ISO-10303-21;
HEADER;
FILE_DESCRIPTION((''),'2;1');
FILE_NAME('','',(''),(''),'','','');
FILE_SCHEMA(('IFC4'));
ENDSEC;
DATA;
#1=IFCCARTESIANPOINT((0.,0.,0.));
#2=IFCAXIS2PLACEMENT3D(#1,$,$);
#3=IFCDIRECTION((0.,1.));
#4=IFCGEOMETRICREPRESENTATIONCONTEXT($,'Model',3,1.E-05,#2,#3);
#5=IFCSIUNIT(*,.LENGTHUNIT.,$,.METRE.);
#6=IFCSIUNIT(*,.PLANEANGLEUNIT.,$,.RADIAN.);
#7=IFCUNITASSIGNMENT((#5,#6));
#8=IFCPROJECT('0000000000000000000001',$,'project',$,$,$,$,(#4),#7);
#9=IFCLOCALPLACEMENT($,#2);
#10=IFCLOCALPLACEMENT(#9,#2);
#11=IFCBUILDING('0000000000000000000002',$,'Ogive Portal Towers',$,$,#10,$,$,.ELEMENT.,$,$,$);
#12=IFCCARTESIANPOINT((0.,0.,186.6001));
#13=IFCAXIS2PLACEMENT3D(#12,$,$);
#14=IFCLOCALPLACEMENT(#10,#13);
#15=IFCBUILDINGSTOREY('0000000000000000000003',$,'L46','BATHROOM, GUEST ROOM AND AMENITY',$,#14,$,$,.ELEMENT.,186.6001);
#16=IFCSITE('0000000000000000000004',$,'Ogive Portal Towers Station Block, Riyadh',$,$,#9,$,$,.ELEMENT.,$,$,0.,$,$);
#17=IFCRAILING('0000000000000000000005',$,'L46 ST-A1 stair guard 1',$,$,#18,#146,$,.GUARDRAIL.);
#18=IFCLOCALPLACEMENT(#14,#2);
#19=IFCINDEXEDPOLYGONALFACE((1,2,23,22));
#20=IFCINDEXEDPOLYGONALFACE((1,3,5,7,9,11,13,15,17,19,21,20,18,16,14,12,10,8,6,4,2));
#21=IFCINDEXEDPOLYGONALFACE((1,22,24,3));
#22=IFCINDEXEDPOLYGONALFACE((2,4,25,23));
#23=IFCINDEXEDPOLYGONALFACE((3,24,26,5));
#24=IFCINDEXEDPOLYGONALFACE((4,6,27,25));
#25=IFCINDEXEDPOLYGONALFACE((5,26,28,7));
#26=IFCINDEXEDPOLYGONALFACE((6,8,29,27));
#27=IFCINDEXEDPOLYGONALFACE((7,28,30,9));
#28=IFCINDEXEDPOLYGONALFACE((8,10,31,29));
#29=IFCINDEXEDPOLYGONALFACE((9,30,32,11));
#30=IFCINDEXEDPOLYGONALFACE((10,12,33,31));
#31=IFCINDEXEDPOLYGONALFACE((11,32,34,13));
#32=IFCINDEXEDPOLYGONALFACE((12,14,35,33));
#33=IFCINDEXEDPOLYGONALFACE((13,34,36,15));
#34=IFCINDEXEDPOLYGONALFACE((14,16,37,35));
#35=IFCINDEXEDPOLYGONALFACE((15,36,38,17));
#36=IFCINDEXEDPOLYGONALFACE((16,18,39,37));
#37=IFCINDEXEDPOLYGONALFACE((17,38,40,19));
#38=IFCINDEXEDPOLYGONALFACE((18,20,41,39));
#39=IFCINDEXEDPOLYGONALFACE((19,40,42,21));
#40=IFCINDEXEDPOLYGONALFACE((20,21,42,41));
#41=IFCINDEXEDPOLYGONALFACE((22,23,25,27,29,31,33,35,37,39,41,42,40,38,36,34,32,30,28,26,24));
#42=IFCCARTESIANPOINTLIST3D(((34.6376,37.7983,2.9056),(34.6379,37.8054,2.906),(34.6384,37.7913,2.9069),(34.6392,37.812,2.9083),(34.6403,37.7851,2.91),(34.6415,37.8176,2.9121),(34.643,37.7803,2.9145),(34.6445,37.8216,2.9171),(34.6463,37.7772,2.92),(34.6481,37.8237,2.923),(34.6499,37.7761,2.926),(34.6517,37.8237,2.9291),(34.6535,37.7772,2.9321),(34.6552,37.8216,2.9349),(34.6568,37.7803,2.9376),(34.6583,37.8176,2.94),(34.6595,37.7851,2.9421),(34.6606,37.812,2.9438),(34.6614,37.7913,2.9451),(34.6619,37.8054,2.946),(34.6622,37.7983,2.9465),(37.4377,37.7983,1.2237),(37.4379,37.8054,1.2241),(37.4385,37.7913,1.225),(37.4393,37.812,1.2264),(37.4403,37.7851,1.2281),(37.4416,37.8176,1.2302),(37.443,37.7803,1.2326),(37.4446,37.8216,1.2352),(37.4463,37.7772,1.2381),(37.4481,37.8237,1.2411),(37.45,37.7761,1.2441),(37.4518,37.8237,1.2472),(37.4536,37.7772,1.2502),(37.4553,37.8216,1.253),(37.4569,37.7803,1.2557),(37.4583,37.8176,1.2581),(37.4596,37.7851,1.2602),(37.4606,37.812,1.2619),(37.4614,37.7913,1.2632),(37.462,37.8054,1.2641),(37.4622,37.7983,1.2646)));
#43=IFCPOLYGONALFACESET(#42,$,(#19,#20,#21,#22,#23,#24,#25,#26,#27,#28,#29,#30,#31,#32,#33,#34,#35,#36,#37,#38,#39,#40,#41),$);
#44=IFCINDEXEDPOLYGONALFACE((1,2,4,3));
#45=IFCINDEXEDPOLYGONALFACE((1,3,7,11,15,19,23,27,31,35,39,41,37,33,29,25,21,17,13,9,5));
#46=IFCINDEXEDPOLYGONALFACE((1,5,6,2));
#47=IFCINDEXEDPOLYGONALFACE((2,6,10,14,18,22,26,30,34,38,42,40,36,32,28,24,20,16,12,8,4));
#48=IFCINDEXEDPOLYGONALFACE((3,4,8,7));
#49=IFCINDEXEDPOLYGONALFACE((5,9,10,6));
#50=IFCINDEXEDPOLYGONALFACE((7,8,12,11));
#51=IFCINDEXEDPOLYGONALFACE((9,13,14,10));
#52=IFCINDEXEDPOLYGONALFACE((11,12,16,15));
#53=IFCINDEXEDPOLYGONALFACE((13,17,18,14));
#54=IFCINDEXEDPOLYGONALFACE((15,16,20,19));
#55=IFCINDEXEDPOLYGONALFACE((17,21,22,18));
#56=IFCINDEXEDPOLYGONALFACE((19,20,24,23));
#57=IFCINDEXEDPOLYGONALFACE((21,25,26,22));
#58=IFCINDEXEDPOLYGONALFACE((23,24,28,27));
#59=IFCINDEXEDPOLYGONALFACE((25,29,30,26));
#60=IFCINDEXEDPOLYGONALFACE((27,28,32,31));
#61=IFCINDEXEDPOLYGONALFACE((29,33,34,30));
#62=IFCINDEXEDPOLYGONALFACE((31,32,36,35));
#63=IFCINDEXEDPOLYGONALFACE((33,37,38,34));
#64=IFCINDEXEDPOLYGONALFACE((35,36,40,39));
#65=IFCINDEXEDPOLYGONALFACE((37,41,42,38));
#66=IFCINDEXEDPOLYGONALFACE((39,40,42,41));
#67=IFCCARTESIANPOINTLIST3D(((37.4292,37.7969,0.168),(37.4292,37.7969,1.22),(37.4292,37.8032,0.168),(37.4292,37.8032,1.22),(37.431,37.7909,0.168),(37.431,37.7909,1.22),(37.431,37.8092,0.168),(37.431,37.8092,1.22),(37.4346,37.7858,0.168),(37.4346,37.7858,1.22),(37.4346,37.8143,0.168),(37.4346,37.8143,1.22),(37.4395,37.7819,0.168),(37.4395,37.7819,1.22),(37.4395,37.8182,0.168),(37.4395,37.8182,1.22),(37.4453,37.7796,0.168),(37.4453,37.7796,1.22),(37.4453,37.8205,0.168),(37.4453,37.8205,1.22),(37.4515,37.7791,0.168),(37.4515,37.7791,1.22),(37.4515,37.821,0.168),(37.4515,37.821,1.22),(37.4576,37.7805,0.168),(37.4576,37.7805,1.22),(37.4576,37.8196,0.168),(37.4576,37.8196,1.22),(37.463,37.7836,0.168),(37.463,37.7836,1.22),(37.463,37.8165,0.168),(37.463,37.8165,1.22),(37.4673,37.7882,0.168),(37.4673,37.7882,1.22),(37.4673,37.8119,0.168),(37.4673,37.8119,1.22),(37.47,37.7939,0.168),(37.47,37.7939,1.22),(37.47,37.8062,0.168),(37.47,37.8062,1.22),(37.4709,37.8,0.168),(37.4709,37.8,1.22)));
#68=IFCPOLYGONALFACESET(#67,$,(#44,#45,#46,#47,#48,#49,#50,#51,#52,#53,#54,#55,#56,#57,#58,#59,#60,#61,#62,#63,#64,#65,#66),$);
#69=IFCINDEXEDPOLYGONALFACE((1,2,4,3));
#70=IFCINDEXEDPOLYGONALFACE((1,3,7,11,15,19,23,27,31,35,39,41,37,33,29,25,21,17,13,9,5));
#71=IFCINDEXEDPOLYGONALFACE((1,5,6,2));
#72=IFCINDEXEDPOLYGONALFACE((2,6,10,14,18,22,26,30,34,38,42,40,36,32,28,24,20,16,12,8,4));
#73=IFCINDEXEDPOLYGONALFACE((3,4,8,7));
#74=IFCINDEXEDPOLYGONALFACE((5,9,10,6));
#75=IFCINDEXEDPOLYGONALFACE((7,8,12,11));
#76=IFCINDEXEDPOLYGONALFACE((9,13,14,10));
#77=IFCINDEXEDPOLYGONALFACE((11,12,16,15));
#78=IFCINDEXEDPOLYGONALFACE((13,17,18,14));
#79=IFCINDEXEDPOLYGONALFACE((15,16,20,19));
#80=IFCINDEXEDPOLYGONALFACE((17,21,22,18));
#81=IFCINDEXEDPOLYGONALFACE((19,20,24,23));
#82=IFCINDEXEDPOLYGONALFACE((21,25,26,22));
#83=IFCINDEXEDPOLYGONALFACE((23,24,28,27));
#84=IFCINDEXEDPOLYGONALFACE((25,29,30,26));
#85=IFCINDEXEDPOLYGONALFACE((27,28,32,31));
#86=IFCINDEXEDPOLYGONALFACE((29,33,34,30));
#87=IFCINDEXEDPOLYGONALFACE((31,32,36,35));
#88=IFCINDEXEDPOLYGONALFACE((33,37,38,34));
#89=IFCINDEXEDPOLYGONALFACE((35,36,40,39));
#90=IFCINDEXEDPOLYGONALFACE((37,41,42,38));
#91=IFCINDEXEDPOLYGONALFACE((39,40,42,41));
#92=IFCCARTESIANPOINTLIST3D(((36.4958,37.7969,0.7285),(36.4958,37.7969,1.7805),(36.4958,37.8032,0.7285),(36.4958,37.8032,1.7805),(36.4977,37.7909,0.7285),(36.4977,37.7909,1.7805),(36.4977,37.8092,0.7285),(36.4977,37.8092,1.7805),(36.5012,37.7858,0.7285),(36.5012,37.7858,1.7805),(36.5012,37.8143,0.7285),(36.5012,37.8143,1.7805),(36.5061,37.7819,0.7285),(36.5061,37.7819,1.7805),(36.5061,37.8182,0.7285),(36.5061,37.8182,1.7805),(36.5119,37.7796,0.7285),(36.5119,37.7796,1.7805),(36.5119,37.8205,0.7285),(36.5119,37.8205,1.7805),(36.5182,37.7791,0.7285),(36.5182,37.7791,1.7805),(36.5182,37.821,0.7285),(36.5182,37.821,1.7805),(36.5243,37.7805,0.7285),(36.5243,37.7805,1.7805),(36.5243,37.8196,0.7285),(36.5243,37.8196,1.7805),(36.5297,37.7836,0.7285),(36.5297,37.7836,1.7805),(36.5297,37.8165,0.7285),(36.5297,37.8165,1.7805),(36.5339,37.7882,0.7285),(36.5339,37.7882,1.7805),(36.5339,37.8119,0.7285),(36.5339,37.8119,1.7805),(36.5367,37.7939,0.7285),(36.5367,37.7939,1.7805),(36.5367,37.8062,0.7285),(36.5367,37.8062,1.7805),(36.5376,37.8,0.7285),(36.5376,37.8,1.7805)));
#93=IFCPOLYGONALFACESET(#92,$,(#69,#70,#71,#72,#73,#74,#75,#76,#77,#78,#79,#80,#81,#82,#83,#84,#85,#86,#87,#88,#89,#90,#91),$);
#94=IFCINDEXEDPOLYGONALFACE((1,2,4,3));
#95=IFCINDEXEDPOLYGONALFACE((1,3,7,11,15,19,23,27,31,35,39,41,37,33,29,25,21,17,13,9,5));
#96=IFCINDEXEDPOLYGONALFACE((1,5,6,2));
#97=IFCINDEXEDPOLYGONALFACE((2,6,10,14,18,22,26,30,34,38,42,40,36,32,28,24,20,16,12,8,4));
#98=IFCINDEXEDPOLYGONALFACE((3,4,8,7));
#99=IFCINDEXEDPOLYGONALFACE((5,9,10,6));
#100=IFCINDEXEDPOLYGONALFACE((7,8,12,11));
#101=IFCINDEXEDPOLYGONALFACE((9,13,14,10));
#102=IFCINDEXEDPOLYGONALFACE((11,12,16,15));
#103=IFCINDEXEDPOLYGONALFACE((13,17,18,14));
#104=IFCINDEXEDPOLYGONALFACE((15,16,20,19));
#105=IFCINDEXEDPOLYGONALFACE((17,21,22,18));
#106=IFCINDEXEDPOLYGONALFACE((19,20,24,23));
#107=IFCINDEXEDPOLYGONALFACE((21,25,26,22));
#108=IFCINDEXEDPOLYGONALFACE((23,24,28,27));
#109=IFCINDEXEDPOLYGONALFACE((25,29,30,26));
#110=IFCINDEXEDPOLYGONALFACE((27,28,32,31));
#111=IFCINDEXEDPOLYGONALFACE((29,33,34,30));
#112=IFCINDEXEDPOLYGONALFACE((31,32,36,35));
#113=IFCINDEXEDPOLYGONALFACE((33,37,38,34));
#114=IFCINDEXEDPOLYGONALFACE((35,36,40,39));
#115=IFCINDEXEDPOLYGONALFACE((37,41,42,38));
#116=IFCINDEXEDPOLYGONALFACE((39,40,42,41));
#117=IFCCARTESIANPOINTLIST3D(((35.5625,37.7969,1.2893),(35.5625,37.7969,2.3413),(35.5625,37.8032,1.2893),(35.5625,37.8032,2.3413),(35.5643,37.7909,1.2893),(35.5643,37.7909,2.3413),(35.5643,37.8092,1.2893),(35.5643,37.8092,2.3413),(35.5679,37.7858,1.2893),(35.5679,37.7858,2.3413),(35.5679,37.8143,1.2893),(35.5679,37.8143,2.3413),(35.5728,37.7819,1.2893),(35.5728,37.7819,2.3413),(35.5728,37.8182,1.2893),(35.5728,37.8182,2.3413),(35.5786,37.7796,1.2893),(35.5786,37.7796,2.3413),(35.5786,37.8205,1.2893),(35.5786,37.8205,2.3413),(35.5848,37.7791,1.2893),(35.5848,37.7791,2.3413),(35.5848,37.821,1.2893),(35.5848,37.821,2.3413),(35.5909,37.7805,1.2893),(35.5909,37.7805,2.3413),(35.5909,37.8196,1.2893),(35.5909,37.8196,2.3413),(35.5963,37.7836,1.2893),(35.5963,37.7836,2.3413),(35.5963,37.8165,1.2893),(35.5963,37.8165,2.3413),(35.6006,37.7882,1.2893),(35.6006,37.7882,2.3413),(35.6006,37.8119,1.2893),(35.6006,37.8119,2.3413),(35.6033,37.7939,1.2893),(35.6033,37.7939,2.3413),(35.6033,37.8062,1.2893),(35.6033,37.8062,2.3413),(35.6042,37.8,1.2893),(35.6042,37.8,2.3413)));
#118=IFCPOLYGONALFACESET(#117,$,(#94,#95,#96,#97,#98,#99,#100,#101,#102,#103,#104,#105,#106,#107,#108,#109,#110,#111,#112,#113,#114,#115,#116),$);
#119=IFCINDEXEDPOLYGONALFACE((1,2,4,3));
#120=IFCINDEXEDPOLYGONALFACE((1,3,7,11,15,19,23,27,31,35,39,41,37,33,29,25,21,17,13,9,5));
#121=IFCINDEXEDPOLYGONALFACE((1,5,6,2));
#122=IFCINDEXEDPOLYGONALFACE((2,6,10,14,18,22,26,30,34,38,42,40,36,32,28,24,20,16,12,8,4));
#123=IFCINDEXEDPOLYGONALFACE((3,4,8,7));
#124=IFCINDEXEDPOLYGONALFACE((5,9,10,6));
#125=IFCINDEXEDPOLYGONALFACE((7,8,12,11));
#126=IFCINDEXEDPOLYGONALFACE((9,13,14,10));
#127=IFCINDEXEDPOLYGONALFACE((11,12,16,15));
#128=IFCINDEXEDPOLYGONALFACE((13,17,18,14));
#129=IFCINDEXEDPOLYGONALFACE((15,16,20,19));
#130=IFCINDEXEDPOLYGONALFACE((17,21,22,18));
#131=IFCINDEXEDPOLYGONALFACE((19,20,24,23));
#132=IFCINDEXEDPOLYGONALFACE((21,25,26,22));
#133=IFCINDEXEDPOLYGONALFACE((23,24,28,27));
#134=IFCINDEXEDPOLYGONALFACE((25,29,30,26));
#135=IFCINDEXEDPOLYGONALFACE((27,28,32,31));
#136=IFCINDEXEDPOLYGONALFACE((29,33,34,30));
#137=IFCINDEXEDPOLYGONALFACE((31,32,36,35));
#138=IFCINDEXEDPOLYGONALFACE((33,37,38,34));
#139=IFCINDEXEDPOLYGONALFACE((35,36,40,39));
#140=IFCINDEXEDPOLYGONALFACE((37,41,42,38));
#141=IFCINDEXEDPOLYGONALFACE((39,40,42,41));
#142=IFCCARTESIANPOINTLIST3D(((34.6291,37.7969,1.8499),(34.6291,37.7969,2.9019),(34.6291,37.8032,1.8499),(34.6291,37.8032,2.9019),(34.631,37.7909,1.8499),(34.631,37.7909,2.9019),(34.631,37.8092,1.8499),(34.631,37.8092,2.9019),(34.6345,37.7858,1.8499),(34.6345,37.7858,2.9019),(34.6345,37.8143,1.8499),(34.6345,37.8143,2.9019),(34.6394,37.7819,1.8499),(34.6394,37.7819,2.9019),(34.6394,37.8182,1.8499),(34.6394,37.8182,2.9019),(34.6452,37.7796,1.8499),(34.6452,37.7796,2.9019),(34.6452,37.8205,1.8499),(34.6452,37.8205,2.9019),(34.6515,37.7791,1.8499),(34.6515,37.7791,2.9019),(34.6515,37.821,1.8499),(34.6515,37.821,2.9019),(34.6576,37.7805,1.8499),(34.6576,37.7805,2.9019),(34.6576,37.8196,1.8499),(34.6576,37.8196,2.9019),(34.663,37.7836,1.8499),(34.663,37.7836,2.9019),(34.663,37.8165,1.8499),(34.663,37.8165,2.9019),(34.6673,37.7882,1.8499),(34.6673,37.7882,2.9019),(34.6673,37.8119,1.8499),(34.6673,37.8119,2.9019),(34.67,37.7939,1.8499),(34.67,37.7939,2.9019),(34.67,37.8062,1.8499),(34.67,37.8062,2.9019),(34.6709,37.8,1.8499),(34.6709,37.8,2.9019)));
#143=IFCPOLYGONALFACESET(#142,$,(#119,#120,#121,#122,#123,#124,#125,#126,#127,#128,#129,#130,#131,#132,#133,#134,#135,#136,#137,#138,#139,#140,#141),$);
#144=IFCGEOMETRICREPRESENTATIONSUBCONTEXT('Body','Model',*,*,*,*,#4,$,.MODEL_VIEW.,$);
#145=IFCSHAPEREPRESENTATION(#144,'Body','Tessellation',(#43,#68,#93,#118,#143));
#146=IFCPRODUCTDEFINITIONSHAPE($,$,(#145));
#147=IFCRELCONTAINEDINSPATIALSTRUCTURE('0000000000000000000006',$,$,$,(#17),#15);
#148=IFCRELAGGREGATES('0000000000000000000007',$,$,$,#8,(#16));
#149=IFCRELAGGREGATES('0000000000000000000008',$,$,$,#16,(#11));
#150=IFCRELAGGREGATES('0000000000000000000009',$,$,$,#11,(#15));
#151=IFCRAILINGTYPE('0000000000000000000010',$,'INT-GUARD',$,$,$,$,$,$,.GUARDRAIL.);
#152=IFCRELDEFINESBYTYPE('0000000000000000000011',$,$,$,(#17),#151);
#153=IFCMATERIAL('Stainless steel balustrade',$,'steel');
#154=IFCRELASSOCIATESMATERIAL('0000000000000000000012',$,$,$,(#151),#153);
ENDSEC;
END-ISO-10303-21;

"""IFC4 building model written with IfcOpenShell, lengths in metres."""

from ifc_helpers import new_model, si_unit, direction, frame, origin, origin_2d, place, context, subcontext, project, spatial, circle, extrude, material, type_object, element, save


model = new_model("IFC4")

# Units and contexts
model_context = context("Model", 3, precision=1e-05, world=origin(), true_north=direction((0.0, 1.0)))
body_context = subcontext(model_context, "Body", "Model", "MODEL_VIEW")
ifc_project = project(units=[si_unit("LENGTHUNIT", "METRE"), si_unit("PLANEANGLEUNIT", "RADIAN")], contexts=[model_context])

# Site, building, storey
site_placement = place(None, origin())
site = spatial("IfcSite", under=ifc_project, at=site_placement, Name="Ogive Portal Towers Station Block, Riyadh", CompositionType="ELEMENT", RefElevation=0.0)
building_placement = place(site_placement, origin())
building = spatial("IfcBuilding", under=site, at=building_placement, Name="Ogive Portal Towers", CompositionType="ELEMENT")
storey_placement = place(building_placement, frame((0.0, 0.0, 186.6001)))
storey = spatial("IfcBuildingStorey", under=building, at=storey_placement, Name="L46", Description="BATHROOM, GUEST ROOM AND AMENITY", CompositionType="ELEMENT", Elevation=186.6001)

# Railing
ifc_material_1 = material(Name="Stainless steel balustrade", Category="steel")
railing_type_1 = type_object("IfcRailingType", Name="INT-GUARD", PredefinedType="GUARDRAIL", material=ifc_material_1)
railing_1_placement = place(storey_placement, frame((37.45, 37.8, 0.168)))
element("IfcRailing", 1, at=railing_1_placement, inside=storey, type_object=railing_type_1, Name="L46 ST-A1 stair guard 1", PredefinedType="GUARDRAIL", context=body_context, shape_type="SweptSolid", body=[
    extrude(circle(Radius=0.0239, at=origin_2d()), frame((0.0, 0.0, 1.0762), z_axis=(-0.857242, 0.0, 0.514913), x_axis=(0.0, -1.0, 0.0)), (0.0, 0.0, 1.0), 3.2664),
    extrude(circle(Radius=0.021, at=origin_2d()), origin(), (0.0, 0.0, 1.0), 1.052),
    extrude(circle(Radius=0.021, at=origin_2d()), frame((-0.9333, 0.0, 0.5605)), (0.0, 0.0, 1.0), 1.052),
    extrude(circle(Radius=0.021, at=origin_2d()), frame((-1.8667, 0.0, 1.1213)), (0.0, 0.0, 1.0), 1.052),
    extrude(circle(Radius=0.021, at=origin_2d()), frame((-2.8, 0.0, 1.6819)), (0.0, 0.0, 1.0), 1.052),
])

save(model, "model.ifc")
